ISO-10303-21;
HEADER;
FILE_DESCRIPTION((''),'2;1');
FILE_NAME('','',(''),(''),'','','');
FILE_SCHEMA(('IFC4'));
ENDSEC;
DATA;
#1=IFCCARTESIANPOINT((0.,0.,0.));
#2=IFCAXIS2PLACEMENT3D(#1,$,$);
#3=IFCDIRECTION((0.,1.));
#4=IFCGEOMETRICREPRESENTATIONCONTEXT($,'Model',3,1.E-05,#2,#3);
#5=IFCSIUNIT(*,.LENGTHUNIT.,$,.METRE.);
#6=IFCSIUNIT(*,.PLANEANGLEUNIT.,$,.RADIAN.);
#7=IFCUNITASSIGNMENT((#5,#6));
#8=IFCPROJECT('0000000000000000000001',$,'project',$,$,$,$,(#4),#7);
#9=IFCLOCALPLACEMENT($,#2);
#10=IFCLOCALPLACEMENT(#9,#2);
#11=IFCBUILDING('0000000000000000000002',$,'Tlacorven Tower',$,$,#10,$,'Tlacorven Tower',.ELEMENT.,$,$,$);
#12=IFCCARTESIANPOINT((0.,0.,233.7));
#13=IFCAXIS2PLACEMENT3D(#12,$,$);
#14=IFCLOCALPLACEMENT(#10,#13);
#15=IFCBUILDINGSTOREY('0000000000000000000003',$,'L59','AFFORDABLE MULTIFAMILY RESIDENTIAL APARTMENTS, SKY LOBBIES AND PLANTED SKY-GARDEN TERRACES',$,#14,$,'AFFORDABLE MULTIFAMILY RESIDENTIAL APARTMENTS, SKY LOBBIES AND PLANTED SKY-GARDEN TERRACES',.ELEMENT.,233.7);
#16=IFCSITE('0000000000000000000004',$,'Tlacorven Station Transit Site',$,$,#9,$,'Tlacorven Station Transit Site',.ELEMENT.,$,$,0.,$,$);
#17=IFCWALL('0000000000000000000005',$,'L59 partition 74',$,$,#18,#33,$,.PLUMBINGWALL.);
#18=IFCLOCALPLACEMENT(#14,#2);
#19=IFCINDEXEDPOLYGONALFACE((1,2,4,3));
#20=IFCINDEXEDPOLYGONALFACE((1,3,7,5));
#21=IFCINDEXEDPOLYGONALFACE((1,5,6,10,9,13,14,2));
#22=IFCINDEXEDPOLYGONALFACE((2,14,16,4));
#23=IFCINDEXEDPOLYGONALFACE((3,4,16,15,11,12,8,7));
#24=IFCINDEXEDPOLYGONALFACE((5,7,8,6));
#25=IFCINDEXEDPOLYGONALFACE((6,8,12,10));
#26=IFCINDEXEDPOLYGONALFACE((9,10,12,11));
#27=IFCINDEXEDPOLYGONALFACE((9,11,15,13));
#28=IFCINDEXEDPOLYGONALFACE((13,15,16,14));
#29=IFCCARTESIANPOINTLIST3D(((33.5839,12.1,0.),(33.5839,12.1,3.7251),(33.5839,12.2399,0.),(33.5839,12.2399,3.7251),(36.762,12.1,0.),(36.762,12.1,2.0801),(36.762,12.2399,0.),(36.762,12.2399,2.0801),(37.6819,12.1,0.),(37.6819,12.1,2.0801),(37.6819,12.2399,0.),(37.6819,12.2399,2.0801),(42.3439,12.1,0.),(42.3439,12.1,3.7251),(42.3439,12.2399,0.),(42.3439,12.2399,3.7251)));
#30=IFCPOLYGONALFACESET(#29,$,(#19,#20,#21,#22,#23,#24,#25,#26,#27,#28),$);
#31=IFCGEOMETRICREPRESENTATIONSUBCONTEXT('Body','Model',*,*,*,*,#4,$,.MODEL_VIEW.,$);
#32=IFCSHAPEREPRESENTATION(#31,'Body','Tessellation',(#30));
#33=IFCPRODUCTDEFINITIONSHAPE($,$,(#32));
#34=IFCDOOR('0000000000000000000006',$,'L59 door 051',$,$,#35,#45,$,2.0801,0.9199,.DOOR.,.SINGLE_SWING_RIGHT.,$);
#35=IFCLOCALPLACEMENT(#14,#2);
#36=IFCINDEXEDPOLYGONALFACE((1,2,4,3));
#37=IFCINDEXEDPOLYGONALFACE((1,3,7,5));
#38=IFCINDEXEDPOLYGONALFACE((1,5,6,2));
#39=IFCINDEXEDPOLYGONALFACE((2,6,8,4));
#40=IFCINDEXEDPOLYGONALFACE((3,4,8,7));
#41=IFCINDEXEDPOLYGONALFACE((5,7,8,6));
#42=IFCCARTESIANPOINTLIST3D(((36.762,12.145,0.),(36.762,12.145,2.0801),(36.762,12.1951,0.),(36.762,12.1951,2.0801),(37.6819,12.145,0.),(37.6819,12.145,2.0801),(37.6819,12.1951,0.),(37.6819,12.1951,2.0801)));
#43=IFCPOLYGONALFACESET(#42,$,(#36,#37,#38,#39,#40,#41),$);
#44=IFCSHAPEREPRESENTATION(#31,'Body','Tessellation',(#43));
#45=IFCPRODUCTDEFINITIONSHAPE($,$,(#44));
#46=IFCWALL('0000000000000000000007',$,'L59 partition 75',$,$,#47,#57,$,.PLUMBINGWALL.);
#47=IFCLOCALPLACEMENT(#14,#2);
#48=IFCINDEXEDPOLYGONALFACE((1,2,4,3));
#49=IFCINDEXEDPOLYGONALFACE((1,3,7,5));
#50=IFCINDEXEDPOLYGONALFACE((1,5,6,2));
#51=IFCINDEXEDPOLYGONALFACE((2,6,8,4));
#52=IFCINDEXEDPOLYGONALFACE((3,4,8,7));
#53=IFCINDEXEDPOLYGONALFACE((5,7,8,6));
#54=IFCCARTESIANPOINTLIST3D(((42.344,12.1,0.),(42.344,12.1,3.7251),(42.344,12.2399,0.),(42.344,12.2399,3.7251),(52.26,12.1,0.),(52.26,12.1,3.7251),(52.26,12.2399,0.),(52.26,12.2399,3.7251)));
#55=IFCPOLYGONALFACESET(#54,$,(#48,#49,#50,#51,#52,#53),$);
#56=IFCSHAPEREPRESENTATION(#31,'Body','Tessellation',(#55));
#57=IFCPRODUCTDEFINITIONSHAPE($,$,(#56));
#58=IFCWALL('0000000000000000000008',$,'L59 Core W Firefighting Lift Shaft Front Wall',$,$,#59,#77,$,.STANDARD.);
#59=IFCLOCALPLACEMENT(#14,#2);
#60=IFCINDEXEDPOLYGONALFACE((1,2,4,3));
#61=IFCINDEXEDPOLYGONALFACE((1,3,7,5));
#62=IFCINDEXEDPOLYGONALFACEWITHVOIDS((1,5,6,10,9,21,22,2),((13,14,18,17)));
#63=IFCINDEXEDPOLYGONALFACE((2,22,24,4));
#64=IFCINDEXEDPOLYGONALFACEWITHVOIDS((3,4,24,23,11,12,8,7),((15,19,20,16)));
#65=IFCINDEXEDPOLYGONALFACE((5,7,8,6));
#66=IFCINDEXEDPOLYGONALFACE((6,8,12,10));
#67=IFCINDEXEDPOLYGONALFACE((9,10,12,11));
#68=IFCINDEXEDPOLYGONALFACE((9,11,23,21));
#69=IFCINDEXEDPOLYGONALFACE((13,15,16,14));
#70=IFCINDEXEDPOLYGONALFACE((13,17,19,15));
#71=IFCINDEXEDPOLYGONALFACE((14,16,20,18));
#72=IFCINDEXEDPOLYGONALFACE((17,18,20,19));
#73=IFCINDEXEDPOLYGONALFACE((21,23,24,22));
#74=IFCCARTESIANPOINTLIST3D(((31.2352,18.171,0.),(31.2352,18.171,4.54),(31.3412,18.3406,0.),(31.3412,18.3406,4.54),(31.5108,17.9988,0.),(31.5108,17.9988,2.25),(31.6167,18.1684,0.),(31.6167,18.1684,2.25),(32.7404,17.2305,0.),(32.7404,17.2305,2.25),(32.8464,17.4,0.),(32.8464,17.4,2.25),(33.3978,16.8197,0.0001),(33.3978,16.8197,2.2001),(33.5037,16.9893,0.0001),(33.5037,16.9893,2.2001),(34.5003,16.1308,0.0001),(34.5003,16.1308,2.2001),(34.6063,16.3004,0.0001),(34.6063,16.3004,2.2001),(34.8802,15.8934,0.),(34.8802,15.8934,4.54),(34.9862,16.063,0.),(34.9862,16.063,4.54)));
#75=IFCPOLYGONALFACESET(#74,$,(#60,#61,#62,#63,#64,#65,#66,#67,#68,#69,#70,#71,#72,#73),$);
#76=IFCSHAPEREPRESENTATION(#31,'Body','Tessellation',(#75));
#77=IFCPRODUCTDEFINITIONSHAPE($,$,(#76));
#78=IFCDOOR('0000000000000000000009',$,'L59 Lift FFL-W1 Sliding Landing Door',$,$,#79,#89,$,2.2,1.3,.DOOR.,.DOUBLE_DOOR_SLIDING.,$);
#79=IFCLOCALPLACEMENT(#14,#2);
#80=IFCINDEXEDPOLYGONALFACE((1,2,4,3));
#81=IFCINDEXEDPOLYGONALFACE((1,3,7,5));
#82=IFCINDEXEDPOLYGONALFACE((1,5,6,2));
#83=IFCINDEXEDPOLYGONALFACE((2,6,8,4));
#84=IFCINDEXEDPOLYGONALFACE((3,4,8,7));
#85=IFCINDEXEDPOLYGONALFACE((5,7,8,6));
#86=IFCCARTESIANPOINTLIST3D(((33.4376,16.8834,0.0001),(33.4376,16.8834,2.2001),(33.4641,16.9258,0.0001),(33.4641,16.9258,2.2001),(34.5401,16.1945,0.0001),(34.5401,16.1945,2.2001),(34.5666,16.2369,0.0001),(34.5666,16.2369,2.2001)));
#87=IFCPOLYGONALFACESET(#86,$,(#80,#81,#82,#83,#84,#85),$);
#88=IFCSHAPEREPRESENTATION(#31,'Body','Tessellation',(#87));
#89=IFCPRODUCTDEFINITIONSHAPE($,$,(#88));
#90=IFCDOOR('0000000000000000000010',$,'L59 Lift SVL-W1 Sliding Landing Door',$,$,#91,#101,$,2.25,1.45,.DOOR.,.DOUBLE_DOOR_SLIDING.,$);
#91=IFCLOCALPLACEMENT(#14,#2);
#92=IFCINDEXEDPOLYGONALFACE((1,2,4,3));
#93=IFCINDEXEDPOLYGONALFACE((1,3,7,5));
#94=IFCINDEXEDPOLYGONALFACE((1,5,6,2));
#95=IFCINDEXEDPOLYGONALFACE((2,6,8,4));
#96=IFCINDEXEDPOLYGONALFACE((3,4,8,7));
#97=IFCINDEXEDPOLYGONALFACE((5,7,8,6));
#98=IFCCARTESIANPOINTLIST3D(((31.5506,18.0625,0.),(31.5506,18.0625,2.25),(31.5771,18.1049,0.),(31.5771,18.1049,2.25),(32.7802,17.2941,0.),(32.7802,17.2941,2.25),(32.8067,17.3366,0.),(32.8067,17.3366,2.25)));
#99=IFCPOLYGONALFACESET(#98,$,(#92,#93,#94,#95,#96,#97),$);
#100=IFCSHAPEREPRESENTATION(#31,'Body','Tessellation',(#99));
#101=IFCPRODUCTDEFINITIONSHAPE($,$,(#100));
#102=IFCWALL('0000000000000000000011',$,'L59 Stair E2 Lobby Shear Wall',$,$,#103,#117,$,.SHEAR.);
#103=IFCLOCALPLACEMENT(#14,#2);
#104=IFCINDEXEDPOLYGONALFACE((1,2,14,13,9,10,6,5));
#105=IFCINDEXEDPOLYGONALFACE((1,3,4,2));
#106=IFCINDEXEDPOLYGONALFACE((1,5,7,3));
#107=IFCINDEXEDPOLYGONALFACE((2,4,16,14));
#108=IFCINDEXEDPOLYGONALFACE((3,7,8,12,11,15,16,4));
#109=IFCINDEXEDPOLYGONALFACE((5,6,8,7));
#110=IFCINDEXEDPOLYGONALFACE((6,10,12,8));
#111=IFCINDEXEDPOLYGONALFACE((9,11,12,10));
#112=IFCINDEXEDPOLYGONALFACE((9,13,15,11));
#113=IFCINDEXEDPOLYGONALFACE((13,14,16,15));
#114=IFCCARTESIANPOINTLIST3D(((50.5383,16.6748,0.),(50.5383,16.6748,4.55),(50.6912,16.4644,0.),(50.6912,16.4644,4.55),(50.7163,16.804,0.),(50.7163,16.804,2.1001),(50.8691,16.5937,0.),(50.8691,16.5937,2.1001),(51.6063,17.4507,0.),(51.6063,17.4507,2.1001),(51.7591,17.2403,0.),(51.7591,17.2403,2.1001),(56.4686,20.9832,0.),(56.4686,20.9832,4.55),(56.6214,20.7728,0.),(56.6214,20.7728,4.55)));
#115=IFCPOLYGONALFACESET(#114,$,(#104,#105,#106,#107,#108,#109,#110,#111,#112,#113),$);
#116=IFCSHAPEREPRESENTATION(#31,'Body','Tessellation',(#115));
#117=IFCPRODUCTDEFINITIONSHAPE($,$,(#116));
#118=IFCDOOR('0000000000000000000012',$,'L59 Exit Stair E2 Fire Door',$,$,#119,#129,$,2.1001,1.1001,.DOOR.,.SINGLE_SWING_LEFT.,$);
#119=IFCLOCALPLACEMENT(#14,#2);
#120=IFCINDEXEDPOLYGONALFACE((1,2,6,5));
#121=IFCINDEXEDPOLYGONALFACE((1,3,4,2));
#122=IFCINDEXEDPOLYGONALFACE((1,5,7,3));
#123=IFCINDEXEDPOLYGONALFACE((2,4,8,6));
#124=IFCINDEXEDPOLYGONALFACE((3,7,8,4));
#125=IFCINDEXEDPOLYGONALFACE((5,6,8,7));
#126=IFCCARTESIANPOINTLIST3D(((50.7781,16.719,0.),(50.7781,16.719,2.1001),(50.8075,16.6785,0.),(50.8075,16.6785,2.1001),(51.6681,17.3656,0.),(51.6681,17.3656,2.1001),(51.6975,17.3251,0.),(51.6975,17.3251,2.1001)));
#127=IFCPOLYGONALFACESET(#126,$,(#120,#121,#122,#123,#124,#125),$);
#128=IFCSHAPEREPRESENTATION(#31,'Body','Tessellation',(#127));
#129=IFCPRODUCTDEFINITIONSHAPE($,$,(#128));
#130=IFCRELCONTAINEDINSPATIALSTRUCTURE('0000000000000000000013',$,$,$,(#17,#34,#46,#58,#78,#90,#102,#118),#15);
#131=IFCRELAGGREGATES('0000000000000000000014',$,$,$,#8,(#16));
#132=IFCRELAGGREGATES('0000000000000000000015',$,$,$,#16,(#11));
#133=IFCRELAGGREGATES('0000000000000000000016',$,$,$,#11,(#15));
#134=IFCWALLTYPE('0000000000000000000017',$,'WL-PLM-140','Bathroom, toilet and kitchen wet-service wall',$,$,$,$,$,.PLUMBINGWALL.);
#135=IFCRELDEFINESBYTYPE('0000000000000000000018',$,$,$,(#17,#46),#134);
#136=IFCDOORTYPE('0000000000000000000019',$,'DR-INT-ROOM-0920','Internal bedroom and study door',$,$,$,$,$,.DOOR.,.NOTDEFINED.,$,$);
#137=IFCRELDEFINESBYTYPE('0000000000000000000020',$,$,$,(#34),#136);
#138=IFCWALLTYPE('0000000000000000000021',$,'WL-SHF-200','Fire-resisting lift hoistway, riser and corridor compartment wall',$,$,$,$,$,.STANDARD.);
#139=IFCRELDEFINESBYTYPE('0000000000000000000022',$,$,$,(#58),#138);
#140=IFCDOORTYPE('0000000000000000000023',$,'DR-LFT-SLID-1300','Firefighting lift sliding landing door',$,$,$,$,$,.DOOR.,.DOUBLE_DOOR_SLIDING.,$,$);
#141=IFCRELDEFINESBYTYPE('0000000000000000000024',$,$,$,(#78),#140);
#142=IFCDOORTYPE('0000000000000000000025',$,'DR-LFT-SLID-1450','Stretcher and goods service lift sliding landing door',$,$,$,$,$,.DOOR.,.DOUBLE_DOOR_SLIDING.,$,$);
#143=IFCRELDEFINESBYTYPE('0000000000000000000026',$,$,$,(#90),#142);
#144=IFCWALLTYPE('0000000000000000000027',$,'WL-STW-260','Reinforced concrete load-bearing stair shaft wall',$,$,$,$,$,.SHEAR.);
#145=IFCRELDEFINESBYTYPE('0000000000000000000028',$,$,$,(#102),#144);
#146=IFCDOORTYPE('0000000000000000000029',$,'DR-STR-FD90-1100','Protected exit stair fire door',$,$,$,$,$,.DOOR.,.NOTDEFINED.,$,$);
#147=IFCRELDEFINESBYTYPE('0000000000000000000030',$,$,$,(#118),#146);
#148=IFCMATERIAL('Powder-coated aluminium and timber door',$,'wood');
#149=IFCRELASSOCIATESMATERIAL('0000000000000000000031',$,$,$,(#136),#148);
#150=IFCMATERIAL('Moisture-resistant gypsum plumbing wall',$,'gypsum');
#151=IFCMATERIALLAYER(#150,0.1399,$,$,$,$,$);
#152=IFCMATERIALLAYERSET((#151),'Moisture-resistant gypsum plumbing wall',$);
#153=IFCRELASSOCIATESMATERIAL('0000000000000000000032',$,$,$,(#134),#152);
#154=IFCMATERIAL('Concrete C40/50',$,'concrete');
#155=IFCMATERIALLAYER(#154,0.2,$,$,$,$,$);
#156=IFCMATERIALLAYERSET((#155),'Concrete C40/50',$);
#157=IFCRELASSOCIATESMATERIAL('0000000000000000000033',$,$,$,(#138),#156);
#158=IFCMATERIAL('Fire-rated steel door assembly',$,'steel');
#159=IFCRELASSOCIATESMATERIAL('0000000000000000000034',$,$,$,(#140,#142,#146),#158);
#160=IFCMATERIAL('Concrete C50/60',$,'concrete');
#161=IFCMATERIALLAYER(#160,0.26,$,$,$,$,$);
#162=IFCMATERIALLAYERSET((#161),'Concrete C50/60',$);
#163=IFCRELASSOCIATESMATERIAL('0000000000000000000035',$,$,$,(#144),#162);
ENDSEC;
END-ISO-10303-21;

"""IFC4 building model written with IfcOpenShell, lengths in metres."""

from ifc_helpers import new_model, si_unit, direction, frame, frame_2d, origin, place, context, subcontext, project, spatial, rectangle, extrude, source, transform, mapped, material, layer, layer_set, type_object, element, fill, save


model = new_model("IFC4")

# Units and contexts
model_context = context("Model", 3, precision=1e-05, world=origin(), true_north=direction((0.0, 1.0)))
body_context = subcontext(model_context, "Body", "Model", "MODEL_VIEW")
ifc_project = project(units=[si_unit("LENGTHUNIT", "METRE"), si_unit("PLANEANGLEUNIT", "RADIAN")], contexts=[model_context])

# Site, building, storey
site_placement = place(None, origin())
site = spatial("IfcSite", under=ifc_project, at=site_placement, Name="Tlacorven Station Transit Site", LongName="Tlacorven Station Transit Site", CompositionType="ELEMENT", RefElevation=0.0)
building_placement = place(site_placement, origin())
building = spatial("IfcBuilding", under=site, at=building_placement, Name="Tlacorven Tower", LongName="Tlacorven Tower", CompositionType="ELEMENT")
storey_placement = place(building_placement, frame((0.0, 0.0, 233.7)))
storey = spatial("IfcBuildingStorey", under=building, at=storey_placement, Name="L59", Description="AFFORDABLE MULTIFAMILY RESIDENTIAL APARTMENTS, SKY LOBBIES AND PLANTED SKY-GARDEN TERRACES", LongName="AFFORDABLE MULTIFAMILY RESIDENTIAL APARTMENTS, SKY LOBBIES AND PLANTED SKY-GARDEN TERRACES", CompositionType="ELEMENT", Elevation=233.7)

# Shared definitions
ifc_material_1 = material(Name="Fire-rated steel door assembly", Category="steel")

# Wall, opening, door
ifc_material_2 = material(Name="Powder-coated aluminium and timber door", Category="wood")
door_type_1 = type_object("IfcDoorType", Name="DR-INT-ROOM-0920", Description="Internal bedroom and study door", OperationType="NOTDEFINED", PredefinedType="DOOR", material=ifc_material_2)
shared_shape_1 = source(origin(), body_context, "Body", "SweptSolid", [
    extrude(rectangle(XDim=0.9199, YDim=2.0801, at=frame_2d((0.46, 1.04))), frame((0.0, 0.0249, 0.0), z_axis=(0.0, -1.0, 0.0), x_axis=(1.0, 0.0, 0.0)), (0.0, 0.0, 1.0), 0.05),
])
ifc_material_3 = material(Name="Moisture-resistant gypsum plumbing wall", Category="gypsum")
ifc_layer_1 = layer(ifc_material_3, 0.1399)
ifc_layer_set_1 = layer_set([ifc_layer_1], Name="Moisture-resistant gypsum plumbing wall")
wall_type_1 = type_object("IfcWallType", Name="WL-PLM-140", Description="Bathroom, toilet and kitchen wet-service wall", PredefinedType="PLUMBINGWALL", material=ifc_layer_set_1)
wall_1_placement = place(storey_placement, frame((33.584, 12.1699, 0.0), z_axis=(0.0, 0.0, 1.0), x_axis=(1.0, 0.0, 0.0)))
wall_1 = element("IfcWall", 1, at=wall_1_placement, inside=storey, type_object=wall_type_1, Name="L59 partition 74", PredefinedType="PLUMBINGWALL", context=body_context, shape_type="SweptSolid", body=[
    extrude(rectangle(XDim=8.76, YDim=0.1399, at=frame_2d((4.3799, 0.0))), origin(), (0.0, 0.0, 1.0), 3.7251),
])
opening_1_placement = place(wall_1_placement, frame((3.178, 0.0, 0.0)))
opening_1 = element("IfcOpeningElement", 2, at=opening_1_placement, cuts=wall_1, PredefinedType="OPENING", context=body_context, shape_type="SweptSolid", body=[
    extrude(rectangle(XDim=0.9199, YDim=2.0801, at=frame_2d((0.46, 1.04))), frame((0.0, 0.0801, 0.0), z_axis=(0.0, -1.0, 0.0), x_axis=(1.0, 0.0, 0.0)), (0.0, 0.0, 1.0), 0.1599),
])
door_1_placement = place(opening_1_placement, frame((0.9199, 0.0, 0.0), z_axis=(0.0, 0.0, 1.0), x_axis=(-1.0, 0.0, 0.0)))
door_1 = element("IfcDoor", 3, at=door_1_placement, inside=storey, type_object=door_type_1, Name="L59 door 051", OperationType="SINGLE_SWING_RIGHT", OverallHeight=2.0801, OverallWidth=0.9199, PredefinedType="DOOR", context=body_context, shape_type="MappedRepresentation", body=[
    mapped(shared_shape_1, transform((0.0, 0.0, 0.0), scale=1.0)),
])
fill(opening_1, door_1)

# Wall
wall_2_placement = place(storey_placement, frame((42.344, 12.1699, 0.0), z_axis=(0.0, 0.0, 1.0), x_axis=(1.0, 0.0, 0.0)))
element("IfcWall", 4, at=wall_2_placement, inside=storey, type_object=wall_type_1, Name="L59 partition 75", PredefinedType="PLUMBINGWALL", context=body_context, shape_type="SweptSolid", body=[
    extrude(rectangle(XDim=9.916, YDim=0.1399, at=frame_2d((4.958, 0.0))), origin(), (0.0, 0.0, 1.0), 3.7251),
])

# Wall, openings, doors
ifc_material_4 = material(Name="Concrete C40/50", Category="concrete")
ifc_layer_2 = layer(ifc_material_4, 0.2)
ifc_layer_set_2 = layer_set([ifc_layer_2], Name="Concrete C40/50")
wall_type_2 = type_object("IfcWallType", Name="WL-SHF-200", Description="Fire-resisting lift hoistway, riser and corridor compartment wall", PredefinedType="STANDARD", material=ifc_layer_set_2)
wall_3_placement = place(storey_placement, frame((34.9331, 15.9783, 0.0), z_axis=(0.0, 0.0, 1.0), x_axis=(-0.848056, 0.529907, 0.0)))
wall_3 = element("IfcWall", 5, at=wall_3_placement, inside=storey, type_object=wall_type_2, Name="L59 Core W Firefighting Lift Shaft Front Wall", PredefinedType="STANDARD", context=body_context, shape_type="SweptSolid", body=[
    extrude(rectangle(XDim=4.2981, YDim=0.2, at=frame_2d((2.1489, 0.0))), origin(), (0.0, 0.0, 1.0), 4.54),
])
opening_2_placement = place(wall_3_placement, frame((0.448, 0.0, 0.0)))
opening_2 = element("IfcOpeningElement", 6, at=opening_2_placement, cuts=wall_3, PredefinedType="OPENING", context=body_context, shape_type="SweptSolid", body=[
    extrude(rectangle(XDim=1.3, YDim=2.2, at=frame_2d((0.6499, 1.1001))), frame((0.0, 0.1099, 0.0), z_axis=(0.0, -1.0, 0.0), x_axis=(1.0, 0.0, 0.0)), (0.0, 0.0, 1.0), 0.22),
])
opening_3_placement = place(wall_3_placement, frame((2.5229, 0.0, 0.0)))
opening_3 = element("IfcOpeningElement", 7, at=opening_3_placement, cuts=wall_3, PredefinedType="OPENING", context=body_context, shape_type="SweptSolid", body=[
    extrude(rectangle(XDim=1.45, YDim=2.25, at=frame_2d((0.7251, 1.125))), frame((0.0, 0.1099, 0.0), z_axis=(0.0, -1.0, 0.0), x_axis=(1.0, 0.0, 0.0)), (0.0, 0.0, 1.0), 0.22),
])
door_type_2 = type_object("IfcDoorType", Name="DR-LFT-SLID-1300", Description="Firefighting lift sliding landing door", OperationType="DOUBLE_DOOR_SLIDING", PredefinedType="DOOR", material=ifc_material_1)
shared_shape_2 = source(origin(), body_context, "Body", "SweptSolid", [
    extrude(rectangle(XDim=1.3, YDim=2.2, at=frame_2d((0.6499, 1.1001))), frame((0.0, 0.0249, 0.0), z_axis=(0.0, -1.0, 0.0), x_axis=(1.0, 0.0, 0.0)), (0.0, 0.0, 1.0), 0.05),
])
door_2_placement = place(opening_2_placement, origin())
door_2 = element("IfcDoor", 8, at=door_2_placement, inside=storey, type_object=door_type_2, Name="L59 Lift FFL-W1 Sliding Landing Door", OperationType="DOUBLE_DOOR_SLIDING", OverallHeight=2.2, OverallWidth=1.3, PredefinedType="DOOR", context=body_context, shape_type="MappedRepresentation", body=[
    mapped(shared_shape_2, transform((0.0, 0.0, 0.0), scale=1.0)),
])
fill(opening_2, door_2)
door_type_3 = type_object("IfcDoorType", Name="DR-LFT-SLID-1450", Description="Stretcher and goods service lift sliding landing door", OperationType="DOUBLE_DOOR_SLIDING", PredefinedType="DOOR", material=ifc_material_1)
shared_shape_3 = source(origin(), body_context, "Body", "SweptSolid", [
    extrude(rectangle(XDim=1.45, YDim=2.25, at=frame_2d((0.7251, 1.125))), frame((0.0, 0.0249, 0.0), z_axis=(0.0, -1.0, 0.0), x_axis=(1.0, 0.0, 0.0)), (0.0, 0.0, 1.0), 0.05),
])
door_3_placement = place(opening_3_placement, origin())
door_3 = element("IfcDoor", 9, at=door_3_placement, inside=storey, type_object=door_type_3, Name="L59 Lift SVL-W1 Sliding Landing Door", OperationType="DOUBLE_DOOR_SLIDING", OverallHeight=2.25, OverallWidth=1.45, PredefinedType="DOOR", context=body_context, shape_type="MappedRepresentation", body=[
    mapped(shared_shape_3, transform((0.0, 0.0, 0.0), scale=1.0)),
])
fill(opening_3, door_3)

# Wall, opening, door
ifc_material_5 = material(Name="Concrete C50/60", Category="concrete")
ifc_layer_3 = layer(ifc_material_5, 0.26)
ifc_layer_set_3 = layer_set([ifc_layer_3], Name="Concrete C50/60")
wall_type_3 = type_object("IfcWallType", Name="WL-STW-260", Description="Reinforced concrete load-bearing stair shaft wall", PredefinedType="SHEAR", material=ifc_layer_set_3)
wall_4_placement = place(storey_placement, frame((50.6147, 16.5696, 0.0), z_axis=(0.0, 0.0, 1.0), x_axis=(0.809028, 0.58777, 0.0)))
wall_4 = element("IfcWall", 10, at=wall_4_placement, inside=storey, type_object=wall_type_3, Name="L59 Stair E2 Lobby Shear Wall", PredefinedType="SHEAR", context=body_context, shape_type="SweptSolid", body=[
    extrude(rectangle(XDim=7.3301, YDim=0.26, at=frame_2d((3.665, 0.0))), origin(), (0.0, 0.0, 1.0), 4.55),
])
opening_4_placement = place(wall_4_placement, frame((0.22, 0.0, 0.0)))
opening_4 = element("IfcOpeningElement", 11, at=opening_4_placement, cuts=wall_4, PredefinedType="OPENING", context=body_context, shape_type="SweptSolid", body=[
    extrude(rectangle(XDim=1.1001, YDim=2.1001, at=frame_2d((0.55, 1.05))), frame((0.0, 0.1401, 0.0), z_axis=(0.0, -1.0, 0.0), x_axis=(1.0, 0.0, 0.0)), (0.0, 0.0, 1.0), 0.28),
])
door_type_4 = type_object("IfcDoorType", Name="DR-STR-FD90-1100", Description="Protected exit stair fire door", OperationType="NOTDEFINED", PredefinedType="DOOR", material=ifc_material_1)
shared_shape_4 = source(origin(), body_context, "Body", "SweptSolid", [
    extrude(rectangle(XDim=1.1001, YDim=2.1001, at=frame_2d((0.55, 1.05))), frame((0.0, 0.0249, 0.0), z_axis=(0.0, -1.0, 0.0), x_axis=(1.0, 0.0, 0.0)), (0.0, 0.0, 1.0), 0.05),
])
door_4_placement = place(opening_4_placement, origin())
door_4 = element("IfcDoor", 12, at=door_4_placement, inside=storey, type_object=door_type_4, Name="L59 Exit Stair E2 Fire Door", OperationType="SINGLE_SWING_LEFT", OverallHeight=2.1001, OverallWidth=1.1001, PredefinedType="DOOR", context=body_context, shape_type="MappedRepresentation", body=[
    mapped(shared_shape_4, transform((0.0, 0.0, 0.0), scale=1.0)),
])
fill(opening_4, door_4)

save(model, "model.ifc")
